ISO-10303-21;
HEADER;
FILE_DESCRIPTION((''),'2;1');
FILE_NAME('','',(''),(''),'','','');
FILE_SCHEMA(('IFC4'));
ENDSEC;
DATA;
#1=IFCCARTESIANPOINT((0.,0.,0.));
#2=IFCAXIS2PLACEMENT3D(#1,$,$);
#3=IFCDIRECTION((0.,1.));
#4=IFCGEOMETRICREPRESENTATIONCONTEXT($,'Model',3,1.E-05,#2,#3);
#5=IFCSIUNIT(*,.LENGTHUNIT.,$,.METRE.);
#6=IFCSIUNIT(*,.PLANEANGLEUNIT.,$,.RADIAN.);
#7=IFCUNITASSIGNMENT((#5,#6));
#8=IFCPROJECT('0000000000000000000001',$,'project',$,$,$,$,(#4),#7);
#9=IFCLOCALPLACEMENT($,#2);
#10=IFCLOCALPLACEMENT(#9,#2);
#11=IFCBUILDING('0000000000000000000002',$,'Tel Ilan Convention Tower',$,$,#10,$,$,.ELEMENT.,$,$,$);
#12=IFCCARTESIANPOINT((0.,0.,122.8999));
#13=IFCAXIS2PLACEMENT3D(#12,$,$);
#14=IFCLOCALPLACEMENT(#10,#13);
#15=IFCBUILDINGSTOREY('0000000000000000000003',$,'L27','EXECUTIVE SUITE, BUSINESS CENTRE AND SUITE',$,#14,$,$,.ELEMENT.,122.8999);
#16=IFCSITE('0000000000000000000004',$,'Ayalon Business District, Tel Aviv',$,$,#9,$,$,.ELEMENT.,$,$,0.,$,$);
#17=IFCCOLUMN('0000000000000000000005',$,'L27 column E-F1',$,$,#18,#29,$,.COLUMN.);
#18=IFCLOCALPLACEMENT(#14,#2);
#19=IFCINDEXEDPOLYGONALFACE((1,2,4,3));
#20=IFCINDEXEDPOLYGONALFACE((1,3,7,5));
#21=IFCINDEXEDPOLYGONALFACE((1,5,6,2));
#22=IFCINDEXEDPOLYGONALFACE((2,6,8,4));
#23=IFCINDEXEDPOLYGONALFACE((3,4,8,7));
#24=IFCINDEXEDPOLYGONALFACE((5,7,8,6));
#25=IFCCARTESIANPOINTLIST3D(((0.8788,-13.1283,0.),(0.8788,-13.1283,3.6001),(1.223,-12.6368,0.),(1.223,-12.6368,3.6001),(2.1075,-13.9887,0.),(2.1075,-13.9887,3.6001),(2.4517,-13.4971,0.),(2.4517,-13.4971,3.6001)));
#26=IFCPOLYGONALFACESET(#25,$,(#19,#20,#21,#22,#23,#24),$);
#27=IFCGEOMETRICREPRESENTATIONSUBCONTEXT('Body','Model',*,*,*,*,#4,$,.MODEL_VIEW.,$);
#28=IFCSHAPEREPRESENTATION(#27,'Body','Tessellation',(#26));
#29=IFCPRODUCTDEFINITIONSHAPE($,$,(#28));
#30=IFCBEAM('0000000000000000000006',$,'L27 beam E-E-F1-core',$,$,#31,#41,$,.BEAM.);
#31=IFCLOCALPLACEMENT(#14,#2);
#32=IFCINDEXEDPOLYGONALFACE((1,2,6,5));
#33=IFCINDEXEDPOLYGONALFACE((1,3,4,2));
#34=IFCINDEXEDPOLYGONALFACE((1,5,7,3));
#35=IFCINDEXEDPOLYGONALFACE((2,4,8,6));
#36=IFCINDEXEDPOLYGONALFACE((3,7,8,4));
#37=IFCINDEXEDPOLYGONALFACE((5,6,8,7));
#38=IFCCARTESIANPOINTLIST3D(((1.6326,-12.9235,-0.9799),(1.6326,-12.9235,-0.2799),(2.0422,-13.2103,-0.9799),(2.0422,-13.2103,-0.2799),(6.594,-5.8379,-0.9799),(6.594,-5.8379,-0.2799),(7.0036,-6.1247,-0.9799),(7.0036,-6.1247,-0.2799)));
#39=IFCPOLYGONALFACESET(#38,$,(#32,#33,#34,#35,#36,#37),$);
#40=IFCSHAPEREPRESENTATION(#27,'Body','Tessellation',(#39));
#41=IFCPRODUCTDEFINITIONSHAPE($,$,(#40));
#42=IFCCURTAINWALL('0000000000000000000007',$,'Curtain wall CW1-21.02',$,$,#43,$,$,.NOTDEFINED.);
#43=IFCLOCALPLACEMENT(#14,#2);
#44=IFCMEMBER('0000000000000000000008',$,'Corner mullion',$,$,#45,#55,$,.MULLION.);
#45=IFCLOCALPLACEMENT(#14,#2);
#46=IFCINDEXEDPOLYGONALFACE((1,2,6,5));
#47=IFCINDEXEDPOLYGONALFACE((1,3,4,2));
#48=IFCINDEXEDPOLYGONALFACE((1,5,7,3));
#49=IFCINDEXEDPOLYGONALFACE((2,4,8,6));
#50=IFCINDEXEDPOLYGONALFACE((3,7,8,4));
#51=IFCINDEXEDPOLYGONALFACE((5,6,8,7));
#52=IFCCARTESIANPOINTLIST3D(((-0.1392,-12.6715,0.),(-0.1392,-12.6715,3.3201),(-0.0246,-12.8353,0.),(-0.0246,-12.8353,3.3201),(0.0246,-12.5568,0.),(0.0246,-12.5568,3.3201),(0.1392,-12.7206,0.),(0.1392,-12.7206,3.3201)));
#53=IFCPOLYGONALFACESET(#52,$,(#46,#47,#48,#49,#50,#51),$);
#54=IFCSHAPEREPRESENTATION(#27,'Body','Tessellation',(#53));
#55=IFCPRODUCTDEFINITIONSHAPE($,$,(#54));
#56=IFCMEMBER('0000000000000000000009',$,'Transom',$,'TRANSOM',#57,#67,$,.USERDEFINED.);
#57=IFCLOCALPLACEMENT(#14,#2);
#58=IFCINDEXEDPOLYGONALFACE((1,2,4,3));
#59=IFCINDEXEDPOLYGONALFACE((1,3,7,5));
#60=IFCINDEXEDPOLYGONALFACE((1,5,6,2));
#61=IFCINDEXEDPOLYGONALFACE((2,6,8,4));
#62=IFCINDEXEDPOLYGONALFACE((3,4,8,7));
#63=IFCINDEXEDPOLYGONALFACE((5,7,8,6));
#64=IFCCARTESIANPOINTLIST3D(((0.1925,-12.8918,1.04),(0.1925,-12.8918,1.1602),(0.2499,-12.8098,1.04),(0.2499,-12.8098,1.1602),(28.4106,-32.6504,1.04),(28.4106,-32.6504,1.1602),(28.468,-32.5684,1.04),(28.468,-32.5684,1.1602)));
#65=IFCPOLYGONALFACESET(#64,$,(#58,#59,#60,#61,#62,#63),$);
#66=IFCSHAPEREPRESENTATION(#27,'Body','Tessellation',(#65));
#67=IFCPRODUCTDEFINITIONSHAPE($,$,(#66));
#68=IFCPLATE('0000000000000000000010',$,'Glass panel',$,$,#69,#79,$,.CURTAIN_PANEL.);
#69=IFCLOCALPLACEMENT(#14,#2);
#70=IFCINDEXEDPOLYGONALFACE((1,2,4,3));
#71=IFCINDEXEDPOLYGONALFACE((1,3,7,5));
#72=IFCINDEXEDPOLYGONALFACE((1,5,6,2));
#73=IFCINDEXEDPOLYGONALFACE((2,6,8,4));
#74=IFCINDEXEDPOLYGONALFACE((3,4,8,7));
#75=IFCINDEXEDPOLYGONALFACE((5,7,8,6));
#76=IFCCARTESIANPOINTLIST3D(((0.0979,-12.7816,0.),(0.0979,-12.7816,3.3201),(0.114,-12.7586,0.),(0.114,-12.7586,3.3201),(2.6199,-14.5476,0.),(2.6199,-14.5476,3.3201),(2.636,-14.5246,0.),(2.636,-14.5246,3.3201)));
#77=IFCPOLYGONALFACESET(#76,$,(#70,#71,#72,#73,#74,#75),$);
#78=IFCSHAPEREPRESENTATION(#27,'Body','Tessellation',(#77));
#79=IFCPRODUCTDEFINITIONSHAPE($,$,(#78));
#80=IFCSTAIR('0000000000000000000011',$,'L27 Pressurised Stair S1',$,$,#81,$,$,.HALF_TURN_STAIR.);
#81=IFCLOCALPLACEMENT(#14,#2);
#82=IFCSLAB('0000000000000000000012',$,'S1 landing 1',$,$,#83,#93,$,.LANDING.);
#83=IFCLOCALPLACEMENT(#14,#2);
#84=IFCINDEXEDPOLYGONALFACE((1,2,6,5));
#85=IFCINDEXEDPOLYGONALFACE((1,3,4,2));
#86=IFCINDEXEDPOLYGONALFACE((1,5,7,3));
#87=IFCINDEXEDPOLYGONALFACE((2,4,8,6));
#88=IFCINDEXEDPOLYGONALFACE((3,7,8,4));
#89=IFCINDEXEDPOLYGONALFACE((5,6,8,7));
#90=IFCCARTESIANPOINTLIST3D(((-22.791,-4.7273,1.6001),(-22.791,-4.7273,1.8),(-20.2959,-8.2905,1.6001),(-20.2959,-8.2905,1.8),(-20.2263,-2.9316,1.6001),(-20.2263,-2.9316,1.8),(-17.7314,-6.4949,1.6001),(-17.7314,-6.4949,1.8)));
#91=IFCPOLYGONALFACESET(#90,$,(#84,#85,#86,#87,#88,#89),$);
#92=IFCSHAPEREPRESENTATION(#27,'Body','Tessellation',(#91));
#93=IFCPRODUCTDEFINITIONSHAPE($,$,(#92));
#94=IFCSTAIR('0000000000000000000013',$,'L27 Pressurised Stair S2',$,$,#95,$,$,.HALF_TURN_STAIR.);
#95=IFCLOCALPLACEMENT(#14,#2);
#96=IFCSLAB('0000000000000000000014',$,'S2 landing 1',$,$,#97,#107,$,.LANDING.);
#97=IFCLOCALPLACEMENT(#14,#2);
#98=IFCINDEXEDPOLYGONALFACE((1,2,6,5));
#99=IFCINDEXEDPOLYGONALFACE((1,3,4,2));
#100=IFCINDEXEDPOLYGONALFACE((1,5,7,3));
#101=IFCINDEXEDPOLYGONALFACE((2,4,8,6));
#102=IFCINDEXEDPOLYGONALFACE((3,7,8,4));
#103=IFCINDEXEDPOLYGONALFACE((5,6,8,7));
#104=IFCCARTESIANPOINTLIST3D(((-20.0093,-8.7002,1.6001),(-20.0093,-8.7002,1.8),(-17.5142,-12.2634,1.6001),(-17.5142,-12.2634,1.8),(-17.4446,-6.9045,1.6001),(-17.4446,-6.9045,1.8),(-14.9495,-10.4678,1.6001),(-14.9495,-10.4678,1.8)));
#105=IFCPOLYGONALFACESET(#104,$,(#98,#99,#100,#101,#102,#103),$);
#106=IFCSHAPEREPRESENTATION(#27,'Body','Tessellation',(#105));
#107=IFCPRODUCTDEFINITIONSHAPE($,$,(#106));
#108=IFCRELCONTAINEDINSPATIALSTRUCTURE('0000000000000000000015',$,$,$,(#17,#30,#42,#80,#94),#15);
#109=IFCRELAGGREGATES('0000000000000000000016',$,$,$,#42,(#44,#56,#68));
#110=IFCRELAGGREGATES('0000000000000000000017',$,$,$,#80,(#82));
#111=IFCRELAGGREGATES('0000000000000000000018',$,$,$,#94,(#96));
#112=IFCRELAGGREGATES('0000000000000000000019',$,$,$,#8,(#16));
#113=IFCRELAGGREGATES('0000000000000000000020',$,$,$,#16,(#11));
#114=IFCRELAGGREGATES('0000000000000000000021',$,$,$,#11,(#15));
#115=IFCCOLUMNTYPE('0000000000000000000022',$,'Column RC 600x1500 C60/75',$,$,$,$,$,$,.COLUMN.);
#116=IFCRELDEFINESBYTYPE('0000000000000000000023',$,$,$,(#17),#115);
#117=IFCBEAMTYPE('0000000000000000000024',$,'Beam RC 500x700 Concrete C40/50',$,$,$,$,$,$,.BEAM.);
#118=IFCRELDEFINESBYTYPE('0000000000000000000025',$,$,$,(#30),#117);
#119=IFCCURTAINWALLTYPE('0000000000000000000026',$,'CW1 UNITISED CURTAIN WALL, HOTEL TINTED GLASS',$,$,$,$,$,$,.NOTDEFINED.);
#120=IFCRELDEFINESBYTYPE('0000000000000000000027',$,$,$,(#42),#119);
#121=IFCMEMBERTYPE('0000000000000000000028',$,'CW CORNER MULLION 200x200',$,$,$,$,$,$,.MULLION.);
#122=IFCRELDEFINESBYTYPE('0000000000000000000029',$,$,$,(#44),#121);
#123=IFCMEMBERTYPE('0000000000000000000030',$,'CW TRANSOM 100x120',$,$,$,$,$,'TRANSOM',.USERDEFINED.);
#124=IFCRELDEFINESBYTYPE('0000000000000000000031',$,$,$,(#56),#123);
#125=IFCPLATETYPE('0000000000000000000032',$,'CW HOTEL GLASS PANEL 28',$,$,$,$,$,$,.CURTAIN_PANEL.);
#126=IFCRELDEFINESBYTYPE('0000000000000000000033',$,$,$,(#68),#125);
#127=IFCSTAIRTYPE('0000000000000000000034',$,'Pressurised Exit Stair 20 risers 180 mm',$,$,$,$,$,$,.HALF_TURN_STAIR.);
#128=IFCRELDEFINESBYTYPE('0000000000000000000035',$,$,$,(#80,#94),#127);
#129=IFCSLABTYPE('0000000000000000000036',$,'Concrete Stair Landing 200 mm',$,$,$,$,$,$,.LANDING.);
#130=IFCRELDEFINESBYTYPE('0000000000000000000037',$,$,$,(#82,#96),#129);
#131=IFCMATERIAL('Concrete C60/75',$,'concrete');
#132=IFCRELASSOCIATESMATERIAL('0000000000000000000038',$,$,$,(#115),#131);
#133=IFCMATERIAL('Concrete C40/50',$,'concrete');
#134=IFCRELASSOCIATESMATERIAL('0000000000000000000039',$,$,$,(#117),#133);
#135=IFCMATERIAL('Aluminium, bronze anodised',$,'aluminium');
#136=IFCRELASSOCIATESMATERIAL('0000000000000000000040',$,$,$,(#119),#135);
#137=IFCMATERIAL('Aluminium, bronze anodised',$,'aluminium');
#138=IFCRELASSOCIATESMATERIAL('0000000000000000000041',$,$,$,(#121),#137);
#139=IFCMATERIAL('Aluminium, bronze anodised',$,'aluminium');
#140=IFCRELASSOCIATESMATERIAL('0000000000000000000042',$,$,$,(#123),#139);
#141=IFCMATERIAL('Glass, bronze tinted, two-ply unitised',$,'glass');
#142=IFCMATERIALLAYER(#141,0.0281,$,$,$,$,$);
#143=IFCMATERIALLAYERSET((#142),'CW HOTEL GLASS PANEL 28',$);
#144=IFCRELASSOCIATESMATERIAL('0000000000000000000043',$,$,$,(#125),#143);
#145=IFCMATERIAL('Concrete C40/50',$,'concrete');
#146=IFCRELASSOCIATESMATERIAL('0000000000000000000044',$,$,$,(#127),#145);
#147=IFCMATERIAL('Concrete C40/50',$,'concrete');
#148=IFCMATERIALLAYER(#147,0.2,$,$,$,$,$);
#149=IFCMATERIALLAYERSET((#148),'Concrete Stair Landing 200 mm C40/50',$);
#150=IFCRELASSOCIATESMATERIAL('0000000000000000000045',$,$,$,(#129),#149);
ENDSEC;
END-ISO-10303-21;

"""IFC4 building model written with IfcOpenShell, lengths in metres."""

from ifc_helpers import new_model, si_unit, direction, frame, origin, origin_2d, place, context, subcontext, project, spatial, polyline, rectangle, outline, extrude, material, layer, layer_set, material_profile, profile_set, type_object, element, aggregate, save


model = new_model("IFC4")

# Units and contexts
model_context = context("Model", 3, precision=1e-05, world=origin(), true_north=direction((0.0, 1.0)))
body_context = subcontext(model_context, "Body", "Model", "MODEL_VIEW")
ifc_project = project(units=[si_unit("LENGTHUNIT", "METRE"), si_unit("PLANEANGLEUNIT", "RADIAN")], contexts=[model_context])

# Site, building, storey
site_placement = place(None, origin())
site = spatial("IfcSite", under=ifc_project, at=site_placement, Name="Ayalon Business District, Tel Aviv", CompositionType="ELEMENT", RefElevation=0.0)
building_placement = place(site_placement, origin())
building = spatial("IfcBuilding", under=site, at=building_placement, Name="Tel Ilan Convention Tower", CompositionType="ELEMENT")
storey_placement = place(building_placement, frame((0.0, 0.0, 122.8999)))
storey = spatial("IfcBuildingStorey", under=building, at=storey_placement, Name="L27", Description="EXECUTIVE SUITE, BUSINESS CENTRE AND SUITE", CompositionType="ELEMENT", Elevation=122.8999)

# Column
ifc_material_1 = material(Name="Concrete C60/75", Category="concrete")
ifc_material_profile_1 = material_profile(ifc_material_1, rectangle(XDim=1.5, YDim=0.6001, at=origin_2d()), Name="RC 600x1500")
ifc_profile_set_1 = profile_set([ifc_material_profile_1], Name="Concrete C60/75")
column_type = type_object("IfcColumnType", Name="Column RC 600x1500 C60/75", PredefinedType="COLUMN", material=ifc_profile_set_1)
column_placement = place(storey_placement, frame((1.6653, -13.3127, 0.0), z_axis=(0.0, 0.0, 1.0), x_axis=(0.819152, -0.573576, 0.0)))
element("IfcColumn", 1, at=column_placement, inside=storey, type_object=column_type, Name="L27 column E-F1", PredefinedType="COLUMN", context=body_context, shape_type="SweptSolid", body=[
    extrude(rectangle(XDim=1.5, YDim=0.6001, at=origin_2d()), origin(), (0.0, 0.0, 1.0), 3.6001),
])

# Beam
ifc_material_2 = material(Name="Concrete C40/50", Category="concrete")
ifc_material_profile_2 = material_profile(ifc_material_2, rectangle(XDim=0.5, YDim=0.7, at=origin_2d()), Name="RC 500x700")
ifc_profile_set_2 = profile_set([ifc_material_profile_2], Name="Concrete C40/50")
beam_type = type_object("IfcBeamType", Name="Beam RC 500x700 Concrete C40/50", PredefinedType="BEAM", material=ifc_profile_set_2)
beam_placement = place(storey_placement, frame((1.8374, -13.0669, -0.6299), z_axis=(0.573574, 0.819154, 0.0), x_axis=(-0.819154, 0.573574, 0.0)))
element("IfcBeam", 2, at=beam_placement, inside=storey, type_object=beam_type, Name="L27 beam E-E-F1-core", PredefinedType="BEAM", context=body_context, shape_type="SweptSolid", body=[
    extrude(rectangle(XDim=0.5, YDim=0.7, at=origin_2d()), origin(), (0.0, 0.0, 1.0), 8.6499),
])

# Curtain wall, members, plate
ifc_material_3 = material(Name="Aluminium, bronze anodised", Category="aluminium")
curtain_wall_type = type_object("IfcCurtainWallType", Name="CW1 UNITISED CURTAIN WALL, HOTEL TINTED GLASS", PredefinedType="NOTDEFINED", material=ifc_material_3)
curtain_wall_placement = place(storey_placement, origin())
curtain_wall = element("IfcCurtainWall", 3, at=curtain_wall_placement, inside=storey, type_object=curtain_wall_type, Name="Curtain wall CW1-21.02", PredefinedType="NOTDEFINED")
ifc_material_4 = material(Name="Aluminium, bronze anodised", Category="aluminium")
ifc_material_profile_3 = material_profile(ifc_material_4, rectangle(XDim=0.2, YDim=0.2, at=origin_2d()), Name="CW CORNER MULLION 200x200")
ifc_profile_set_3 = profile_set([ifc_material_profile_3], Name="Aluminium, bronze anodised")
member_type_1 = type_object("IfcMemberType", Name="CW CORNER MULLION 200x200", PredefinedType="MULLION", material=ifc_profile_set_3)
member_1_placement = place(storey_placement, frame((0.0, -12.696, 0.0), z_axis=(0.0, 0.0, 1.0), x_axis=(0.819152, 0.573576, 0.0)))
member_1 = element("IfcMember", 4, at=member_1_placement, type_object=member_type_1, Name="Corner mullion", PredefinedType="MULLION", context=body_context, shape_type="SweptSolid", body=[
    extrude(rectangle(XDim=0.2, YDim=0.2, at=origin_2d()), origin(), (0.0, 0.0, 1.0), 3.3201),
])
ifc_material_5 = material(Name="Aluminium, bronze anodised", Category="aluminium")
ifc_material_profile_4 = material_profile(ifc_material_5, rectangle(XDim=0.1001, YDim=0.1201, at=origin_2d()), Name="CW TRANSOM 100x120")
ifc_profile_set_4 = profile_set([ifc_material_profile_4], Name="Aluminium, bronze anodised")
member_type_2 = type_object("IfcMemberType", Name="CW TRANSOM 100x120", ElementType="TRANSOM", PredefinedType="USERDEFINED", material=ifc_profile_set_4)
member_2_placement = place(storey_placement, frame((0.2212, -12.8508, 1.1001), z_axis=(0.819151, -0.573578, 0.0), x_axis=(0.573578, 0.819151, 0.0)))
member_2 = element("IfcMember", 5, at=member_2_placement, type_object=member_type_2, Name="Transom", ObjectType="TRANSOM", PredefinedType="USERDEFINED", context=body_context, shape_type="SweptSolid", body=[
    extrude(rectangle(XDim=0.1001, YDim=0.1201, at=origin_2d()), origin(), (0.0, 0.0, 1.0), 34.448),
])
ifc_material_6 = material(Name="Glass, bronze tinted, two-ply unitised", Category="glass")
ifc_layer_1 = layer(ifc_material_6, 0.0281)
ifc_layer_set_1 = layer_set([ifc_layer_1], Name="CW HOTEL GLASS PANEL 28")
plate_type = type_object("IfcPlateType", Name="CW HOTEL GLASS PANEL 28", PredefinedType="CURTAIN_PANEL", material=ifc_layer_set_1)
plate_placement = place(storey_placement, frame((1.3669, -13.6531, 0.0), z_axis=(0.0, 0.0, 1.0), x_axis=(0.819152, -0.573576, 0.0)))
plate = element("IfcPlate", 6, at=plate_placement, type_object=plate_type, Name="Glass panel", PredefinedType="CURTAIN_PANEL", context=body_context, shape_type="SweptSolid", body=[
    extrude(rectangle(XDim=3.0789, YDim=0.0281, at=origin_2d()), origin(), (0.0, 0.0, 1.0), 3.3201),
])
aggregate(curtain_wall, [member_1, member_2, plate])

# Stairs, slabs
ifc_material_7 = material(Name="Concrete C40/50", Category="concrete")
stair_type = type_object("IfcStairType", Name="Pressurised Exit Stair 20 risers 180 mm", PredefinedType="HALF_TURN_STAIR", material=ifc_material_7)
stair_1_placement = place(storey_placement, origin())
stair_1 = element("IfcStair", 7, at=stair_1_placement, inside=storey, type_object=stair_type, Name="L27 Pressurised Stair S1", PredefinedType="HALF_TURN_STAIR")
ifc_material_8 = material(Name="Concrete C40/50", Category="concrete")
ifc_layer_2 = layer(ifc_material_8, 0.2)
ifc_layer_set_2 = layer_set([ifc_layer_2], Name="Concrete Stair Landing 200 mm C40/50")
slab_type_1 = type_object("IfcSlabType", Name="Concrete Stair Landing 200 mm", PredefinedType="LANDING", material=ifc_layer_set_2)
slab_1_placement = place(storey_placement, frame((0.0, 0.0, 1.6001)))
slab_1 = element("IfcSlab", 8, at=slab_1_placement, type_object=slab_type_1, Name="S1 landing 1", PredefinedType="LANDING", context=body_context, shape_type="SweptSolid", body=[
    extrude(outline(polyline([(-20.2959, -8.2905), (-17.7314, -6.4949), (-20.2263, -2.9316), (-22.791, -4.7273), (-20.2959, -8.2905)])), origin(), (0.0, 0.0, 1.0), 0.2),
])
aggregate(stair_1, [slab_1])
stair_2_placement = place(storey_placement, origin())
stair_2 = element("IfcStair", 9, at=stair_2_placement, inside=storey, type_object=stair_type, Name="L27 Pressurised Stair S2", PredefinedType="HALF_TURN_STAIR")
slab_2_placement = place(storey_placement, frame((0.0, 0.0, 1.6001)))
slab_2 = element("IfcSlab", 10, at=slab_2_placement, type_object=slab_type_1, Name="S2 landing 1", PredefinedType="LANDING", context=body_context, shape_type="SweptSolid", body=[
    extrude(outline(polyline([(-17.5142, -12.2634), (-14.9495, -10.4678), (-17.4446, -6.9045), (-20.0093, -8.7002), (-17.5142, -12.2634)])), origin(), (0.0, 0.0, 1.0), 0.2),
])
aggregate(stair_2, [slab_2])

save(model, "model.ifc")
